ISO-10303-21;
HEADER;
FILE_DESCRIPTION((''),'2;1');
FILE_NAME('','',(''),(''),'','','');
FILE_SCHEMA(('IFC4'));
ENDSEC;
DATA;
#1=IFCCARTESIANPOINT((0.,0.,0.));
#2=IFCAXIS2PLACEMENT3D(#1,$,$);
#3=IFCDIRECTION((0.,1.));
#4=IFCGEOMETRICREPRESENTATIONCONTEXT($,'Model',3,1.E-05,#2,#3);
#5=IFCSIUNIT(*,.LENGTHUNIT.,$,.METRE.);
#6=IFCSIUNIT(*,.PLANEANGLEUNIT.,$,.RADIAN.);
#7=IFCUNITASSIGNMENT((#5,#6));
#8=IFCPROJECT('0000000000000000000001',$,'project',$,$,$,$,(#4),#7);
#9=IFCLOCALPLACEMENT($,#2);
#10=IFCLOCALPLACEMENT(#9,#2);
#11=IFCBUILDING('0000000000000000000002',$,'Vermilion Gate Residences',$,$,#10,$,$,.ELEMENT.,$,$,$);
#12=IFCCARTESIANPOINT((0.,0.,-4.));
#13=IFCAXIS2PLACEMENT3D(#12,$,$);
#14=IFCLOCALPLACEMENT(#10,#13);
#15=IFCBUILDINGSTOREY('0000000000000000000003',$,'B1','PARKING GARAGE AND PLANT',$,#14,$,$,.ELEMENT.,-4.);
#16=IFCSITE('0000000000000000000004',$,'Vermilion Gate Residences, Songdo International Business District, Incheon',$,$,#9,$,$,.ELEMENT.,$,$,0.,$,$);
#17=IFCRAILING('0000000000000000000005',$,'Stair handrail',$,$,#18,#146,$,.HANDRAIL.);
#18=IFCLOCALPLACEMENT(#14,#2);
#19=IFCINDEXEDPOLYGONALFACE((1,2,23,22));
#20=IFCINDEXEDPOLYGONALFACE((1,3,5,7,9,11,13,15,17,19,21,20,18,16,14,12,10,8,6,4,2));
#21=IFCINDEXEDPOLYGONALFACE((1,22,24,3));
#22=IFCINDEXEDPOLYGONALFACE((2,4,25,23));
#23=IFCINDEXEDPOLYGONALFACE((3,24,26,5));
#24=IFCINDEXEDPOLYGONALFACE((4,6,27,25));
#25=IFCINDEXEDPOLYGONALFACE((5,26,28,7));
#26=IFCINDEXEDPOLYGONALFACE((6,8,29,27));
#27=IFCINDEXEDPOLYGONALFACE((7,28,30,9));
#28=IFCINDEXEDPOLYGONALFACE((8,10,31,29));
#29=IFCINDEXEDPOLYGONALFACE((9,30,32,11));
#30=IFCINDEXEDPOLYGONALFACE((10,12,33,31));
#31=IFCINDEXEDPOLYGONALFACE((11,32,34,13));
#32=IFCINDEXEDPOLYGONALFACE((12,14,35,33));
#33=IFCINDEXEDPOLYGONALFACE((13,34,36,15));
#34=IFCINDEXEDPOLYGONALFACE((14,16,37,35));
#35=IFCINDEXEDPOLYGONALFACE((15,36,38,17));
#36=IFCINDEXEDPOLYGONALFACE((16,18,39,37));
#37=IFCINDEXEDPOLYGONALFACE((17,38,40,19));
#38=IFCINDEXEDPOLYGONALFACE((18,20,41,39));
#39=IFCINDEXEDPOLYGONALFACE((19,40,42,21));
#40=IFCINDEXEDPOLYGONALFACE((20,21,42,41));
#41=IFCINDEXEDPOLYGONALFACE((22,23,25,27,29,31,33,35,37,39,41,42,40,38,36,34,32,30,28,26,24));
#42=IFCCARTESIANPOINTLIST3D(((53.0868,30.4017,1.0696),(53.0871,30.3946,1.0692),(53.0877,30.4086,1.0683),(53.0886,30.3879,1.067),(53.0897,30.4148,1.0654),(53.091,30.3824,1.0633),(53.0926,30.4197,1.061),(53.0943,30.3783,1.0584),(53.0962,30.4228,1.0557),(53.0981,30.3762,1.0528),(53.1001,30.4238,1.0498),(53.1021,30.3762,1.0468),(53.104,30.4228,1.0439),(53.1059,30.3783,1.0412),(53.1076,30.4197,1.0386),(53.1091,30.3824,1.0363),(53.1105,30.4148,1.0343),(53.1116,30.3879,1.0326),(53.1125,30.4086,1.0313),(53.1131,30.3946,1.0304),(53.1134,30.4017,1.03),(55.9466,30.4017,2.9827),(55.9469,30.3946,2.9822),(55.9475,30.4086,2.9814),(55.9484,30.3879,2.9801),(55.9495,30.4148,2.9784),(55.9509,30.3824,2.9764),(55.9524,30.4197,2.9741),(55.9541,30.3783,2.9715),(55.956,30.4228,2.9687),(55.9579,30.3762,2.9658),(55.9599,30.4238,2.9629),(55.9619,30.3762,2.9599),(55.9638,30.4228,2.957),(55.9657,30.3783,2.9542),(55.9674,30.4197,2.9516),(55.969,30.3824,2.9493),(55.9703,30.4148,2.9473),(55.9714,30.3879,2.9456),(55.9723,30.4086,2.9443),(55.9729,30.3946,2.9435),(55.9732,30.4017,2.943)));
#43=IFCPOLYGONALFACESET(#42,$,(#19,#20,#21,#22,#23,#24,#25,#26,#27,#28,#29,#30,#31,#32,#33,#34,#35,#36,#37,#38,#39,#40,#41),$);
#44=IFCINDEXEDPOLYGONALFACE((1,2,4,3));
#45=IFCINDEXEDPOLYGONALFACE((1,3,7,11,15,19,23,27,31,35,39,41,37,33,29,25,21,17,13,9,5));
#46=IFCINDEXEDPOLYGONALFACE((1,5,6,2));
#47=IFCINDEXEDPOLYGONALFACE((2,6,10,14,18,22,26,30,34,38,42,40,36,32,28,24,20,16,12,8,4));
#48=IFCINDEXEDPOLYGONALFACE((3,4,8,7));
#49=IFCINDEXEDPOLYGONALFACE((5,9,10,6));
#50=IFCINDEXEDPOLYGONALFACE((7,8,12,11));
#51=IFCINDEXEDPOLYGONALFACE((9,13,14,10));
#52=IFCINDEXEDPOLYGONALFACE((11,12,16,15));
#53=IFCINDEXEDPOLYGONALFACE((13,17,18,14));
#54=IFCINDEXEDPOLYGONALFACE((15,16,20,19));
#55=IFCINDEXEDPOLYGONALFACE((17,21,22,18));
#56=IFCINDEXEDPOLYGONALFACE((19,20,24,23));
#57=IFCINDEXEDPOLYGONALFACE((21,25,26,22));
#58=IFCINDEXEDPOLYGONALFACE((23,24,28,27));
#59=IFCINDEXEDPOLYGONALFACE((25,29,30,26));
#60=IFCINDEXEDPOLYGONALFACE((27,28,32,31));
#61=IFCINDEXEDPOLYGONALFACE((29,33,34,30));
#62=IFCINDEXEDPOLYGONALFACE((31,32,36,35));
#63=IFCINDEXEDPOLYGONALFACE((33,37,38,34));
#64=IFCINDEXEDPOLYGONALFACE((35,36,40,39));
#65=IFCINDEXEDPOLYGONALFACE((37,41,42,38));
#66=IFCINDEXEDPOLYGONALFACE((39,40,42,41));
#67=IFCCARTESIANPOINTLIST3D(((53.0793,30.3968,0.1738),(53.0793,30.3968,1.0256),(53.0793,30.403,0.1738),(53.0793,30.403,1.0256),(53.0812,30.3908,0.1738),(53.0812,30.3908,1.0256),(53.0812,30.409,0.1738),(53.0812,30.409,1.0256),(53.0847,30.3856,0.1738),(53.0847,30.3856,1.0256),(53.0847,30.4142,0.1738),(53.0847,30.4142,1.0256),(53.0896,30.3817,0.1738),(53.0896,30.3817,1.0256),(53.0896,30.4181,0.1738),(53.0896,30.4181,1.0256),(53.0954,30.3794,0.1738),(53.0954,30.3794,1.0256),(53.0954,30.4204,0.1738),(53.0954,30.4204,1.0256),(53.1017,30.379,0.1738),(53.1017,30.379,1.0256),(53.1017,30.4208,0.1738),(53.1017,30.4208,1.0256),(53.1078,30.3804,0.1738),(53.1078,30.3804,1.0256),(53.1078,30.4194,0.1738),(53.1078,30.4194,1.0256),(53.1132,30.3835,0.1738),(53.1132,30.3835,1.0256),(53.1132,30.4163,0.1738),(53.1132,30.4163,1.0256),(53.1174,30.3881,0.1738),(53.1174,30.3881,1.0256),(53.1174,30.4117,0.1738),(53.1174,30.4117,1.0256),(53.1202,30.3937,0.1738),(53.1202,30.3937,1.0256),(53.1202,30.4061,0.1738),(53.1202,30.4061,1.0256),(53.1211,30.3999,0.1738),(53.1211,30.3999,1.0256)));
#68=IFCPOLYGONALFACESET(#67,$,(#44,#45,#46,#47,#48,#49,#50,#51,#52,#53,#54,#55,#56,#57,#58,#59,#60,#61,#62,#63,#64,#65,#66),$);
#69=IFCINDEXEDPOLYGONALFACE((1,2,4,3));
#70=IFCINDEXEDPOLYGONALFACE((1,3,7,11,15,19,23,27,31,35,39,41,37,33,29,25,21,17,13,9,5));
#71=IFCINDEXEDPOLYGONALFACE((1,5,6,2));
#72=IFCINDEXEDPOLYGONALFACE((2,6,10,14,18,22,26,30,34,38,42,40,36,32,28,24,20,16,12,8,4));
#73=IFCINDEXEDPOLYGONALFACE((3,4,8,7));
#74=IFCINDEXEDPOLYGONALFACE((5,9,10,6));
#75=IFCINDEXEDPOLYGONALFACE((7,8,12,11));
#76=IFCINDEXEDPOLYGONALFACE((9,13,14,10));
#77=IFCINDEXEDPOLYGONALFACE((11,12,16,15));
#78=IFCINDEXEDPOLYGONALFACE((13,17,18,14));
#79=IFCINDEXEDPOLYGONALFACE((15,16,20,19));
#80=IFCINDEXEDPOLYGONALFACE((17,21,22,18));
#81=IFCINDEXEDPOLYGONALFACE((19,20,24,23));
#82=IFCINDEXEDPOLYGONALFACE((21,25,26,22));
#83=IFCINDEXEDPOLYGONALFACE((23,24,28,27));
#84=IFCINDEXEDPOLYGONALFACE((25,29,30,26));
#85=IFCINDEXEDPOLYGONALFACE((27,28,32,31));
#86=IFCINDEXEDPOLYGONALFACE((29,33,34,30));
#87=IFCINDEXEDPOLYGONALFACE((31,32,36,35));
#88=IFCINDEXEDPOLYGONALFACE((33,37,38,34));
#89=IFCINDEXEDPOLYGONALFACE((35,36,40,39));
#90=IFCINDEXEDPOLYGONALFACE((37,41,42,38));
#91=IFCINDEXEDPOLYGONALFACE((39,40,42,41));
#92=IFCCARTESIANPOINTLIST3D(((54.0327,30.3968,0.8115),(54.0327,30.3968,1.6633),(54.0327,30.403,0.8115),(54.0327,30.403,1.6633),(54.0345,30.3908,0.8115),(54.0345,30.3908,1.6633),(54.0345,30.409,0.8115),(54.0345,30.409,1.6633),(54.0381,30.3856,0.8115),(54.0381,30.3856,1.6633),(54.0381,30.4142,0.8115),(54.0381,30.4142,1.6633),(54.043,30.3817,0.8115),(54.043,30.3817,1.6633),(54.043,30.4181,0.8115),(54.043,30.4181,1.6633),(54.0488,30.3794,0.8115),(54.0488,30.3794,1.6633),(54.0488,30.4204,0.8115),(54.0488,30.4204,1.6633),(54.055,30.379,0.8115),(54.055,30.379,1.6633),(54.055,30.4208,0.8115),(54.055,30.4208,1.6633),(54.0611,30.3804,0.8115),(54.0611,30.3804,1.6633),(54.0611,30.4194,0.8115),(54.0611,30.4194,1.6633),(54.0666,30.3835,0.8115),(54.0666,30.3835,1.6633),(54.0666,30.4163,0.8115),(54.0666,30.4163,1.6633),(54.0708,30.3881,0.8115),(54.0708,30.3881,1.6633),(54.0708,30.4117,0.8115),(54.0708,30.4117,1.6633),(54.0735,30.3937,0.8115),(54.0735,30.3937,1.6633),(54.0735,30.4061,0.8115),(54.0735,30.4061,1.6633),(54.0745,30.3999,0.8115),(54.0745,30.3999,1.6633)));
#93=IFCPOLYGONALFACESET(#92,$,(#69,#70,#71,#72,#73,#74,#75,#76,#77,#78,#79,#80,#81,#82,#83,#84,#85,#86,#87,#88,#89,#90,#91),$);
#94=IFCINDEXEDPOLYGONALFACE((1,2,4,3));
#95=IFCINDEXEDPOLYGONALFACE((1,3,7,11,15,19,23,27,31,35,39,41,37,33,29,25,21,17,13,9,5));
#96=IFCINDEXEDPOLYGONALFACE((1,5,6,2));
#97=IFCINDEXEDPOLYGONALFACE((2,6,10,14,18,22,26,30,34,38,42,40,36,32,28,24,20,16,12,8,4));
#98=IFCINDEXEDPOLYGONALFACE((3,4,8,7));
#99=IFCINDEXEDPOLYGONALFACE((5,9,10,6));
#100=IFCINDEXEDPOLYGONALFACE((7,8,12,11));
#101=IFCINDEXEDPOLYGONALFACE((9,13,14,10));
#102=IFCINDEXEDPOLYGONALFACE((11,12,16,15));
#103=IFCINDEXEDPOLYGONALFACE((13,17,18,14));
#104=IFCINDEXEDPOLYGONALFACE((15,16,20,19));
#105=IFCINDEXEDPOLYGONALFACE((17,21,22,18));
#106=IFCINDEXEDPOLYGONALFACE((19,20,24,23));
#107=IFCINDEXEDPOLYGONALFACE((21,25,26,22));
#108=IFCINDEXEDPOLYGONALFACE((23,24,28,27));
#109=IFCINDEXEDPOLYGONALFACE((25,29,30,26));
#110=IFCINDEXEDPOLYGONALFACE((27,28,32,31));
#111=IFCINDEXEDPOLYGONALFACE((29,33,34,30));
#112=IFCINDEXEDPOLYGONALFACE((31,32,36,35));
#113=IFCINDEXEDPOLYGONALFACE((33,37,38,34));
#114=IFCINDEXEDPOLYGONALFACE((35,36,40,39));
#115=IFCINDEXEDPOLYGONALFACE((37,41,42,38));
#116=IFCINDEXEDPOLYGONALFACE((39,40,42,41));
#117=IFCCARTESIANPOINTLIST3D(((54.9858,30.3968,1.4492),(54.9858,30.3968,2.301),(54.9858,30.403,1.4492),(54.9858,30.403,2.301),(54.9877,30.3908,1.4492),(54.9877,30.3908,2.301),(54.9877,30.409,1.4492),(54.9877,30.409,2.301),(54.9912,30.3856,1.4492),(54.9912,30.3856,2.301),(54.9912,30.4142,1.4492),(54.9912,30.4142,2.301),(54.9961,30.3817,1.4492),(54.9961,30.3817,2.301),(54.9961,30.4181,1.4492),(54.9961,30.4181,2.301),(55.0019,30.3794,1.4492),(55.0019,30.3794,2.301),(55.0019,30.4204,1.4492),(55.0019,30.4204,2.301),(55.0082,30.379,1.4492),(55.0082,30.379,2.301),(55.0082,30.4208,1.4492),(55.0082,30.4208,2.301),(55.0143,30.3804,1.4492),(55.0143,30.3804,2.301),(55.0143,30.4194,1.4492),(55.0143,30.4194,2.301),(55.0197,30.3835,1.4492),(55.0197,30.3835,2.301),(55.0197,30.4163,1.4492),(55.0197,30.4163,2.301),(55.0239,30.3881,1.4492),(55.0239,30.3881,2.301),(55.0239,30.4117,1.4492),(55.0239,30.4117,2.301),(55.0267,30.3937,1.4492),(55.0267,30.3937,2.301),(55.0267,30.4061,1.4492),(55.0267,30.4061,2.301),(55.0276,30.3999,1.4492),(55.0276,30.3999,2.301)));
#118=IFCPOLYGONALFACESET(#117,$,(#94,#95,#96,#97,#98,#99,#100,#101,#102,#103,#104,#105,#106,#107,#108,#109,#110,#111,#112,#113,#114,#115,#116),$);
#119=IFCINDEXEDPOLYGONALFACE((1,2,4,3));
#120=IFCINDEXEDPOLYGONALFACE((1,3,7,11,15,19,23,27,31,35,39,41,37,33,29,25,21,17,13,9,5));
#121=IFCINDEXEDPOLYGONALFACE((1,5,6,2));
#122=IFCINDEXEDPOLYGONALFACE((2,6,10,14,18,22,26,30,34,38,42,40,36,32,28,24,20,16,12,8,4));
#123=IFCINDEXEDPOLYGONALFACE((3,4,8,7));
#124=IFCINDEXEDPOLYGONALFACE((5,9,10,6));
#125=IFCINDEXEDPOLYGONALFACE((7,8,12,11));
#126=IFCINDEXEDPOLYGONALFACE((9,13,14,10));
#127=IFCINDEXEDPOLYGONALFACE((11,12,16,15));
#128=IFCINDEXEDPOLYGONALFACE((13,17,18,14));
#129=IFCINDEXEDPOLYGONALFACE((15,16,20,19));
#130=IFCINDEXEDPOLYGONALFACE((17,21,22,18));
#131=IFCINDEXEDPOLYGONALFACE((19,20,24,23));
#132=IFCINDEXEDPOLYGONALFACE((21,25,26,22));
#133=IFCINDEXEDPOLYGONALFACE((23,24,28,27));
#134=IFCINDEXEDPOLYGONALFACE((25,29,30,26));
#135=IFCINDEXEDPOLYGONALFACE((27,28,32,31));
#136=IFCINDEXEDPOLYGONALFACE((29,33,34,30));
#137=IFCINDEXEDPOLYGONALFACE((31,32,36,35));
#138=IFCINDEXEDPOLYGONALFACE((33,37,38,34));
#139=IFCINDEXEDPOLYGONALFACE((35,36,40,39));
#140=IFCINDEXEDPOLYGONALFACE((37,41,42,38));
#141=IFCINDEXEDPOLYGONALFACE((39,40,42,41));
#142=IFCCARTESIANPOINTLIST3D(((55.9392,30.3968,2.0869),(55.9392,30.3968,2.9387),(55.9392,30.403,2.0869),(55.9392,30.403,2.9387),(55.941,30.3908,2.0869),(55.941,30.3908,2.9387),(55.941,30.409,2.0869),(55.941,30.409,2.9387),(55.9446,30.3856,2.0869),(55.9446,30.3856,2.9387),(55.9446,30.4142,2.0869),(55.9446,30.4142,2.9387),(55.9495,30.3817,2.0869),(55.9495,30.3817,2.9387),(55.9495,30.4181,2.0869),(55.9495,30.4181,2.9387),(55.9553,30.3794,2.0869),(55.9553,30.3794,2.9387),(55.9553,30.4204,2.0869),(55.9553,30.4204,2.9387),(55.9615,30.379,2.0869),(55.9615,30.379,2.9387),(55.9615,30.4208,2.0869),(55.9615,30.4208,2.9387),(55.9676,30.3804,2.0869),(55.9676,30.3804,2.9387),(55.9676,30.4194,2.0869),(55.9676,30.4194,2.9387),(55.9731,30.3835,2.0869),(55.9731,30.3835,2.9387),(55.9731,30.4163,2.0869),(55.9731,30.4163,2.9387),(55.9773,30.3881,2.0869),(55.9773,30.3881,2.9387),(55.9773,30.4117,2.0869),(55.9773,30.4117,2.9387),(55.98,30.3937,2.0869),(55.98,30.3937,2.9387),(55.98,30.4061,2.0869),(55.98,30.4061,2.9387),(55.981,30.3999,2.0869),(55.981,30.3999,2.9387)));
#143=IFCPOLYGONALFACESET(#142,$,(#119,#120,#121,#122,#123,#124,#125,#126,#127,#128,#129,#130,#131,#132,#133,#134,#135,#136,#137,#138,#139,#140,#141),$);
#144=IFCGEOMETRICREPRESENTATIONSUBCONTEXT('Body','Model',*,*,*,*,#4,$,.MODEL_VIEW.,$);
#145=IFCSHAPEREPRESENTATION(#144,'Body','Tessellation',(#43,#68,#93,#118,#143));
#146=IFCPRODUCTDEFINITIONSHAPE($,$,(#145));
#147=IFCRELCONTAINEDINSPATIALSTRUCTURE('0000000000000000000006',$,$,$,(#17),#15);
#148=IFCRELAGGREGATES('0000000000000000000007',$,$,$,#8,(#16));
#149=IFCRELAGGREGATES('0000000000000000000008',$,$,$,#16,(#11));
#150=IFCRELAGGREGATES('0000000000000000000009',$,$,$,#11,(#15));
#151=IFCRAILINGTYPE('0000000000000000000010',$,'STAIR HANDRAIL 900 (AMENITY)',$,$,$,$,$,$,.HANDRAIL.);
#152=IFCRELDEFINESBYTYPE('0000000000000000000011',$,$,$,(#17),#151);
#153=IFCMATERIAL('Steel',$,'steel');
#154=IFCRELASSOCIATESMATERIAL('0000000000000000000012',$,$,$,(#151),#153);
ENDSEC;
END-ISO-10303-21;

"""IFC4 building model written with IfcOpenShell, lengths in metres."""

from ifc_helpers import new_model, si_unit, direction, frame, origin, origin_2d, place, context, subcontext, project, spatial, circle, extrude, material, type_object, element, save


model = new_model("IFC4")

# Units and contexts
model_context = context("Model", 3, precision=1e-05, world=origin(), true_north=direction((0.0, 1.0)))
body_context = subcontext(model_context, "Body", "Model", "MODEL_VIEW")
ifc_project = project(units=[si_unit("LENGTHUNIT", "METRE"), si_unit("PLANEANGLEUNIT", "RADIAN")], contexts=[model_context])

# Site, building, storey
site_placement = place(None, origin())
site = spatial("IfcSite", under=ifc_project, at=site_placement, Name="Vermilion Gate Residences, Songdo International Business District, Incheon", CompositionType="ELEMENT", RefElevation=0.0)
building_placement = place(site_placement, origin())
building = spatial("IfcBuilding", under=site, at=building_placement, Name="Vermilion Gate Residences", CompositionType="ELEMENT")
storey_placement = place(building_placement, frame((0.0, 0.0, -4.0)))
storey = spatial("IfcBuildingStorey", under=building, at=storey_placement, Name="B1", Description="PARKING GARAGE AND PLANT", CompositionType="ELEMENT", Elevation=-4.0)

# Railing
ifc_material_1 = material(Name="Steel", Category="steel")
railing_type = type_object("IfcRailingType", Name="STAIR HANDRAIL 900 (AMENITY)", PredefinedType="HANDRAIL", material=ifc_material_1)
railing_1_placement = place(storey_placement, frame((53.1001, 30.3999, 0.1738)))
element("IfcRailing", 1, at=railing_1_placement, inside=storey, type_object=railing_type, Name="Stair handrail", PredefinedType="HANDRAIL", context=body_context, shape_type="SweptSolid", body=[
    extrude(circle(Radius=0.0239, at=origin_2d()), frame((0.0, 0.0, 0.876), z_axis=(0.831176, 0.0, 0.556009), x_axis=(0.0, 1.0, 0.0)), (0.0, 0.0, 1.0), 3.4407),
    extrude(circle(Radius=0.021, at=origin_2d()), origin(), (0.0, 0.0, 1.0), 0.8518),
    extrude(circle(Radius=0.021, at=origin_2d()), frame((0.9534, 0.0, 0.6377)), (0.0, 0.0, 1.0), 0.8518),
    extrude(circle(Radius=0.021, at=origin_2d()), frame((1.9065, 0.0, 1.2754)), (0.0, 0.0, 1.0), 0.8518),
    extrude(circle(Radius=0.021, at=origin_2d()), frame((2.8599, 0.0, 1.9131)), (0.0, 0.0, 1.0), 0.8518),
])

save(model, "model.ifc")
